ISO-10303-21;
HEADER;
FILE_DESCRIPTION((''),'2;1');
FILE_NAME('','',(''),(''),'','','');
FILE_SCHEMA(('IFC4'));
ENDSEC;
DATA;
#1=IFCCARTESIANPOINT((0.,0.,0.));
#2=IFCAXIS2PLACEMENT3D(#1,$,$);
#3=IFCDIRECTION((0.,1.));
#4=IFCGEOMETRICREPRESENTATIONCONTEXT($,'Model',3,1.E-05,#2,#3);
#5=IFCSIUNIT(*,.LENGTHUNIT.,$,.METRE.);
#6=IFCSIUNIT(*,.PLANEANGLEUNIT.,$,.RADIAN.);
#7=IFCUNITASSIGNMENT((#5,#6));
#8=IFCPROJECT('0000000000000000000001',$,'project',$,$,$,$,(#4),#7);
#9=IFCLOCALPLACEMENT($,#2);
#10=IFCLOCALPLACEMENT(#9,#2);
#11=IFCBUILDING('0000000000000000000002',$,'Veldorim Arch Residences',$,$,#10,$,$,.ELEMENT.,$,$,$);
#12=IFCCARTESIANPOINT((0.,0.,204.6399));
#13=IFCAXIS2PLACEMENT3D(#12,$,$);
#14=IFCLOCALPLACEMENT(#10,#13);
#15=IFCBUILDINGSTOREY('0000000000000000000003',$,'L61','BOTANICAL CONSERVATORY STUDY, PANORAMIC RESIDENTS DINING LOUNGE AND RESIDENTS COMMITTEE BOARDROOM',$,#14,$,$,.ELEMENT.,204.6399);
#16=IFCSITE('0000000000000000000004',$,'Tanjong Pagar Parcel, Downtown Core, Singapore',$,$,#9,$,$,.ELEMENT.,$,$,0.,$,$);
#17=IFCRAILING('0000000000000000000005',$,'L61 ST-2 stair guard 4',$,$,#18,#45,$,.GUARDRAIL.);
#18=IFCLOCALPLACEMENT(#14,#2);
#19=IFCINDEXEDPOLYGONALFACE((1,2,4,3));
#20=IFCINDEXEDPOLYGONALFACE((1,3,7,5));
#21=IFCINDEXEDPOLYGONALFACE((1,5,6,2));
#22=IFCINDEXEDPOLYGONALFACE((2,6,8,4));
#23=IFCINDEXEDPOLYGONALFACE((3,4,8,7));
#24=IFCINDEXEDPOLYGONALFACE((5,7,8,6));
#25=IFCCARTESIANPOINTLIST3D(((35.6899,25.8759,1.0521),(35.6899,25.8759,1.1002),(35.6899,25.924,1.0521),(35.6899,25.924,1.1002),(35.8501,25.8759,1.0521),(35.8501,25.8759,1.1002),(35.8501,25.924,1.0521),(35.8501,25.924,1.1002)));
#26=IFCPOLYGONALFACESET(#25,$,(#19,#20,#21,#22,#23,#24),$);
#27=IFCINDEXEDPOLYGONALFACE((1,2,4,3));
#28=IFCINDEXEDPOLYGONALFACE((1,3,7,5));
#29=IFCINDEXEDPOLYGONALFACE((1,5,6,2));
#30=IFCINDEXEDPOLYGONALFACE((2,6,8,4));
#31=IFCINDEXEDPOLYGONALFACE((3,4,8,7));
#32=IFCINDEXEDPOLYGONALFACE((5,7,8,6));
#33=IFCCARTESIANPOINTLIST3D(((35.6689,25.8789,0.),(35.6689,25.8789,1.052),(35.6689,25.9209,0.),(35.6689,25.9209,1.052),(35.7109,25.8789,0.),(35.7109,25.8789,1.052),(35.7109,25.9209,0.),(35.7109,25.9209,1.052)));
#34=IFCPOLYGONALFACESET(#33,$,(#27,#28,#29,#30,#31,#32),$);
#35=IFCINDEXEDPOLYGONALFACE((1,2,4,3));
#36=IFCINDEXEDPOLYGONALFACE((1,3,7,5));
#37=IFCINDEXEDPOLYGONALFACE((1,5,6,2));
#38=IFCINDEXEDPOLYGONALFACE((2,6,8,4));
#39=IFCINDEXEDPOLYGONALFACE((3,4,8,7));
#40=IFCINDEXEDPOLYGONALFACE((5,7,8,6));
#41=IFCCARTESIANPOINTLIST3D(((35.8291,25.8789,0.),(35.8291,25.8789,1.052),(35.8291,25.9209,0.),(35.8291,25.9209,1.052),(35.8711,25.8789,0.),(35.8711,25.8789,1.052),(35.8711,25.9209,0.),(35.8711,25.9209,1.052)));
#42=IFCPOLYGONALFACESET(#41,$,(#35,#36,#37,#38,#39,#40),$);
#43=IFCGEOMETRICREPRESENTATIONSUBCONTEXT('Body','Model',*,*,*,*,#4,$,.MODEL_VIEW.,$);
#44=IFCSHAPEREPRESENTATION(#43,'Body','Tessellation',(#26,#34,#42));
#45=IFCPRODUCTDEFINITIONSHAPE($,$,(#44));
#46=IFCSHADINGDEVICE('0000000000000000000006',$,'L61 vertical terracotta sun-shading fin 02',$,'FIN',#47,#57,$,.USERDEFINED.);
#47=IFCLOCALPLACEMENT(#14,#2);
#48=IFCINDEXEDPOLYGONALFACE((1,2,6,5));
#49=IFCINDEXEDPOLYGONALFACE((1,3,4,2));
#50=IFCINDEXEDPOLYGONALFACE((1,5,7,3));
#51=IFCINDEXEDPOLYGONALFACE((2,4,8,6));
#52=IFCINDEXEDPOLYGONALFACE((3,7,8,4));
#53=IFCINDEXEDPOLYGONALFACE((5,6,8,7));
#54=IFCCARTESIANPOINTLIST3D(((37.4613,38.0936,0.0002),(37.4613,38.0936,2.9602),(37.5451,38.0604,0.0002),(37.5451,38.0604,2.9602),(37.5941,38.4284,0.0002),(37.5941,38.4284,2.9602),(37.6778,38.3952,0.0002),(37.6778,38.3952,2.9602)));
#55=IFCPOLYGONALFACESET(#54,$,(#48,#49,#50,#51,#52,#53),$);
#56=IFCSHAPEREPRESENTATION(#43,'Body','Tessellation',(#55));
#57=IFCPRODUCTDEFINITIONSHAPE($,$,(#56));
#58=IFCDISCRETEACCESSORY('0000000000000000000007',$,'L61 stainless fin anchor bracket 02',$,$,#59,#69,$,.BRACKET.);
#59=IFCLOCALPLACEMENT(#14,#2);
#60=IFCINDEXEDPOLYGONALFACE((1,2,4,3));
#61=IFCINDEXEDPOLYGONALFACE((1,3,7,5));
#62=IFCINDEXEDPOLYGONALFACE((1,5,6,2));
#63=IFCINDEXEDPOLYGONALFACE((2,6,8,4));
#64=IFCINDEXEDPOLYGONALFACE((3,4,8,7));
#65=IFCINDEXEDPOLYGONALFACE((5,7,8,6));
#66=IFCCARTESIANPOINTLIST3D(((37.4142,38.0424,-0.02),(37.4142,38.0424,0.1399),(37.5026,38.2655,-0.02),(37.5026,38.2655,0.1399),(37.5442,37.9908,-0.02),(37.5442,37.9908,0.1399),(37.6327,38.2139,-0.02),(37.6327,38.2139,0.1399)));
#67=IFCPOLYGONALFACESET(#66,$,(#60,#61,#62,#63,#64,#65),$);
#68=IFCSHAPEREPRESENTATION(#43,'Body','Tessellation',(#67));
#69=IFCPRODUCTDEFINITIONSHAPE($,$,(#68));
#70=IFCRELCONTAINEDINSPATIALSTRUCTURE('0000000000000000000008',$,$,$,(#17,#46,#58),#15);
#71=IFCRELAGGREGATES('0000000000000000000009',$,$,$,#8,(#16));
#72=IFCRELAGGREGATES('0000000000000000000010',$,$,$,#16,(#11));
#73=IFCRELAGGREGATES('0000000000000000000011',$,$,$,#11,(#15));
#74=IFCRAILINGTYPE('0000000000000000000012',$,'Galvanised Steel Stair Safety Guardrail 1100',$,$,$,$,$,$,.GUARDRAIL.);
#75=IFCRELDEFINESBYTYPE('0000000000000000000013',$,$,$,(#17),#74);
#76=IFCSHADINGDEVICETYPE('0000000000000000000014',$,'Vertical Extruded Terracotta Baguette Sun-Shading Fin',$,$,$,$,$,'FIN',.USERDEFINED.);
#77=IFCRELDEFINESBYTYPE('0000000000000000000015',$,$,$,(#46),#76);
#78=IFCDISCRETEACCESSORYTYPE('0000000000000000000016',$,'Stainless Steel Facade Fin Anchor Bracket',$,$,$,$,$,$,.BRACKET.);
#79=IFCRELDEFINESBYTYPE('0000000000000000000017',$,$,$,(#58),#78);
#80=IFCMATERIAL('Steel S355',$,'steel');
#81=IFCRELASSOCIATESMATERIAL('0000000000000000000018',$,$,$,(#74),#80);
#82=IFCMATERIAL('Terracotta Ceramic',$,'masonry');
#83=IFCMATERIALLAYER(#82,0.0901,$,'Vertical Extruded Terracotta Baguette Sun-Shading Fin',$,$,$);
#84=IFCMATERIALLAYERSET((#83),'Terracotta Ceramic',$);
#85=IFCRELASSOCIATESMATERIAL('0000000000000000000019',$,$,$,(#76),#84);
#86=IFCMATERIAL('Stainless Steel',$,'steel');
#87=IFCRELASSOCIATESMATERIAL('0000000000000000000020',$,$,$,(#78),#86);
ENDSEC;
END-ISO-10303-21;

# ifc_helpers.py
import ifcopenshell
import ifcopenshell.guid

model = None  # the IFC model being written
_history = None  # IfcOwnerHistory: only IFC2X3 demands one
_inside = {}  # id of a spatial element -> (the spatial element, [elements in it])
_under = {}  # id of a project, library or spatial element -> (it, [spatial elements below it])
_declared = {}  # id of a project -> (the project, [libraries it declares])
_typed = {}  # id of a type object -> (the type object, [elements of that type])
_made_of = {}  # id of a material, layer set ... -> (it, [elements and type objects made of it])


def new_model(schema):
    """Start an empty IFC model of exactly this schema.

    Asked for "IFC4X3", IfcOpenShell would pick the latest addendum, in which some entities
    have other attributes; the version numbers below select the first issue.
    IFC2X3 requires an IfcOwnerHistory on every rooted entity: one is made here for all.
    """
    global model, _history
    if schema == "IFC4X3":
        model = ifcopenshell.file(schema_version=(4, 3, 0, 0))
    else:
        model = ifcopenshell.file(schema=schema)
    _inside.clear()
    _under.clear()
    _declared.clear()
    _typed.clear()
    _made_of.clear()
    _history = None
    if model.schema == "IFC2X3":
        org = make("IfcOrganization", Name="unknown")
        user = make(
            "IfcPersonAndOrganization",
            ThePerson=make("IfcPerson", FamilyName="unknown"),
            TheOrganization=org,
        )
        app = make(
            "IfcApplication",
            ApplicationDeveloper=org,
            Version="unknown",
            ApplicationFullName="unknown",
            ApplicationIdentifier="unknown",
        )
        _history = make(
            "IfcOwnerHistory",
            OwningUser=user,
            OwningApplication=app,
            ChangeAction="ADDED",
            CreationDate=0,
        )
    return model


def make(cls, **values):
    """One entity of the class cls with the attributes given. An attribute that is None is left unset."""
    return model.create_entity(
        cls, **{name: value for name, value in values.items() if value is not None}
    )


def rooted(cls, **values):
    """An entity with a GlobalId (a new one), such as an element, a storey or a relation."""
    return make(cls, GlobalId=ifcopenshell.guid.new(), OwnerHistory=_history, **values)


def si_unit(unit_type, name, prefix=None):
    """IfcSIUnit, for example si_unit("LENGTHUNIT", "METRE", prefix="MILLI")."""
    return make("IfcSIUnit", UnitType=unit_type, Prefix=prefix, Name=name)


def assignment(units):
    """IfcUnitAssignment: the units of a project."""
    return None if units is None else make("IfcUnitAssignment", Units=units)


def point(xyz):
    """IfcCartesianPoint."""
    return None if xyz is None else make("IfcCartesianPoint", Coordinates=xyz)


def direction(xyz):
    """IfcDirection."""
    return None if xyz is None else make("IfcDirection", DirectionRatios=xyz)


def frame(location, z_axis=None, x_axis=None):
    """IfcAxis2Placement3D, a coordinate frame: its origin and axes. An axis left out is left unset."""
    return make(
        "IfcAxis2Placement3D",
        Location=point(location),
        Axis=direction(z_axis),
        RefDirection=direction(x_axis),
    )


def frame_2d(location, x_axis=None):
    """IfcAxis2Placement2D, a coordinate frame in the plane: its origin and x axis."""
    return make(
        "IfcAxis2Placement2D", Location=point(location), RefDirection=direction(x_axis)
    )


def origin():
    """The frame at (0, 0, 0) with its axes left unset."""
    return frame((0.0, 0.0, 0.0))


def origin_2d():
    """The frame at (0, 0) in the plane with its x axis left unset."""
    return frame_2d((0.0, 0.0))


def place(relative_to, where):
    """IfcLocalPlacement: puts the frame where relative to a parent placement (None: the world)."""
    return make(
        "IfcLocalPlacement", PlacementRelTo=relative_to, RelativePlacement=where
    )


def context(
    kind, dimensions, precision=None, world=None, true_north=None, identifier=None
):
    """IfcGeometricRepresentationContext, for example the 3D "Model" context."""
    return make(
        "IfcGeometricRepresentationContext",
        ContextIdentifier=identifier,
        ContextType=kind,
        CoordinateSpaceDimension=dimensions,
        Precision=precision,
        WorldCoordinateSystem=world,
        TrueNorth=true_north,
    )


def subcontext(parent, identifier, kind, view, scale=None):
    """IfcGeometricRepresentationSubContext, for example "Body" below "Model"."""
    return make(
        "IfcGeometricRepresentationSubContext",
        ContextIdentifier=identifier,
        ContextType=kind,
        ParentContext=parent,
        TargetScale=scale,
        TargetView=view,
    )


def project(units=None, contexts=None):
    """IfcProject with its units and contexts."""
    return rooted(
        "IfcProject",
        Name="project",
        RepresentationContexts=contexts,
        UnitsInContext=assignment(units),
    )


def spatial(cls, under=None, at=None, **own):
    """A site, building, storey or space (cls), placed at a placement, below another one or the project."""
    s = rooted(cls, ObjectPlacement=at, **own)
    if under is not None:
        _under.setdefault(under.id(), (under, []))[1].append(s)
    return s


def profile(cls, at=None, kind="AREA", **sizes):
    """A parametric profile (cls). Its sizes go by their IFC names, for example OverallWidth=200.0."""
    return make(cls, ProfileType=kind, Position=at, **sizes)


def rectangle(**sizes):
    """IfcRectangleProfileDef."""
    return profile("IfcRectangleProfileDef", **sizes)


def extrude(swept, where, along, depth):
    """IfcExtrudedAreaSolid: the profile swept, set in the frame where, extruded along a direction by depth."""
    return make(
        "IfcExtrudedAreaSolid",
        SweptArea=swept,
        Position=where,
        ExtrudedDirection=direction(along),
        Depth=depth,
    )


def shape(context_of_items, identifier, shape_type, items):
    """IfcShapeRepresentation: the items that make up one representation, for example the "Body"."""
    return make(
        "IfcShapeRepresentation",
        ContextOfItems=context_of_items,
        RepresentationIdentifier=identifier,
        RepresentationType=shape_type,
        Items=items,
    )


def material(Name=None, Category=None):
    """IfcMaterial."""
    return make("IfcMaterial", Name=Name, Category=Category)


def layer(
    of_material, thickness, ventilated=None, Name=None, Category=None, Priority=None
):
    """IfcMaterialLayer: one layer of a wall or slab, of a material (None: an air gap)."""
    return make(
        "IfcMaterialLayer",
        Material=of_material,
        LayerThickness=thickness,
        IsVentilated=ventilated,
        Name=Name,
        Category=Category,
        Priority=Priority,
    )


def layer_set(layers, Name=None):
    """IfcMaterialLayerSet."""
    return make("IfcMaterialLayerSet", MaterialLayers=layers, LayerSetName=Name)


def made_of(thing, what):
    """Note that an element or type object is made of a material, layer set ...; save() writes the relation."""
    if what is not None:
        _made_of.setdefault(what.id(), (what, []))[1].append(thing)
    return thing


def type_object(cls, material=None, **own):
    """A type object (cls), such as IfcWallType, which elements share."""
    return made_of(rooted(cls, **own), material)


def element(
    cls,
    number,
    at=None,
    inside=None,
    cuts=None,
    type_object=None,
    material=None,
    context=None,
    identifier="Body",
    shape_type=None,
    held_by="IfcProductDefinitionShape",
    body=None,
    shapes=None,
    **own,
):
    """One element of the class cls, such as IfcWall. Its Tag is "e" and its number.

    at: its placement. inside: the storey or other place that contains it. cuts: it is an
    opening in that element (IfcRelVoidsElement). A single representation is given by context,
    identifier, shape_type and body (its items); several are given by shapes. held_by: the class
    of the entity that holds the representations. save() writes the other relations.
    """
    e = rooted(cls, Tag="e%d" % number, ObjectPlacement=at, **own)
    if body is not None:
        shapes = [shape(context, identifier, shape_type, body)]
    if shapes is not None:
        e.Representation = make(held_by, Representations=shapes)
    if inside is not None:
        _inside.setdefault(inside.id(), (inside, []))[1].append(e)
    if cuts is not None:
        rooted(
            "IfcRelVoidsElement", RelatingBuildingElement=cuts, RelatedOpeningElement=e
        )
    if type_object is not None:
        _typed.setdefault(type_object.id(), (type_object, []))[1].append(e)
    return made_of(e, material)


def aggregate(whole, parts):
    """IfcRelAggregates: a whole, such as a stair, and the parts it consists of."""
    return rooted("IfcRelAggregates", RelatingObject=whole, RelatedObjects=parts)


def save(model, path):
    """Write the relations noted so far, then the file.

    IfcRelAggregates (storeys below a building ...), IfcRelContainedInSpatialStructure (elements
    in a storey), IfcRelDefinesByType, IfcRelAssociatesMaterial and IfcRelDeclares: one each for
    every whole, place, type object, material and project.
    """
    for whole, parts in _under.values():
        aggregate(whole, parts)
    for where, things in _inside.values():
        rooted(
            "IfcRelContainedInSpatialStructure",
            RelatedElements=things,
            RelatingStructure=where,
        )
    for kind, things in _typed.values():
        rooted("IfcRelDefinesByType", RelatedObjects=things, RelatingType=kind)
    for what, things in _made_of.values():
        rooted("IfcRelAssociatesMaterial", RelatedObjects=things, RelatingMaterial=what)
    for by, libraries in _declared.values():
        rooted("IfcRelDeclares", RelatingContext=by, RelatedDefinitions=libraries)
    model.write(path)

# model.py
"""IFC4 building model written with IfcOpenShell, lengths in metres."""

from ifc_helpers import new_model, si_unit, direction, frame, origin, origin_2d, place, context, subcontext, project, spatial, rectangle, extrude, material, layer, layer_set, type_object, element, save


model = new_model("IFC4")

# Units and contexts
model_context = context("Model", 3, precision=1e-05, world=origin(), true_north=direction((0.0, 1.0)))
body_context = subcontext(model_context, "Body", "Model", "MODEL_VIEW")
ifc_project = project(units=[si_unit("LENGTHUNIT", "METRE"), si_unit("PLANEANGLEUNIT", "RADIAN")], contexts=[model_context])

# Site, building, storey
site_placement = place(None, origin())
site = spatial("IfcSite", under=ifc_project, at=site_placement, Name="Tanjong Pagar Parcel, Downtown Core, Singapore", CompositionType="ELEMENT", RefElevation=0.0)
building_placement = place(site_placement, origin())
building = spatial("IfcBuilding", under=site, at=building_placement, Name="Veldorim Arch Residences", CompositionType="ELEMENT")
storey_placement = place(building_placement, frame((0.0, 0.0, 204.6399)))
storey = spatial("IfcBuildingStorey", under=building, at=storey_placement, Name="L61", Description="BOTANICAL CONSERVATORY STUDY, PANORAMIC RESIDENTS DINING LOUNGE AND RESIDENTS COMMITTEE BOARDROOM", CompositionType="ELEMENT", Elevation=204.6399)

# Railing
ifc_material_1 = material(Name="Steel S355", Category="steel")
railing_type_1 = type_object("IfcRailingType", Name="Galvanised Steel Stair Safety Guardrail 1100", PredefinedType="GUARDRAIL", material=ifc_material_1)
railing_1_placement = place(storey_placement, frame((35.6899, 25.8999, 0.0)))
element("IfcRailing", 1, at=railing_1_placement, inside=storey, type_object=railing_type_1, Name="L61 ST-2 stair guard 4", PredefinedType="GUARDRAIL", context=body_context, shape_type="SweptSolid", body=[
    extrude(rectangle(XDim=0.0481, YDim=0.0481, at=origin_2d()), frame((0.0, 0.0, 1.0762), z_axis=(1.0, 0.0, 0.0), x_axis=(0.0, 1.0, 0.0)), (0.0, 0.0, 1.0), 0.1602),
    extrude(rectangle(XDim=0.042, YDim=0.042, at=origin_2d()), origin(), (0.0, 0.0, 1.0), 1.052),
    extrude(rectangle(XDim=0.042, YDim=0.042, at=origin_2d()), frame((0.1602, 0.0, 0.0)), (0.0, 0.0, 1.0), 1.052),
])

# Shading device
ifc_material_2 = material(Name="Terracotta Ceramic", Category="masonry")
ifc_layer_1 = layer(ifc_material_2, 0.0901, Name="Vertical Extruded Terracotta Baguette Sun-Shading Fin")
ifc_layer_set_1 = layer_set([ifc_layer_1], Name="Terracotta Ceramic")
shading_device_type = type_object("IfcShadingDeviceType", Name="Vertical Extruded Terracotta Baguette Sun-Shading Fin", ElementType="FIN", PredefinedType="USERDEFINED", material=ifc_layer_set_1)
shading_device_placement = place(storey_placement, frame((37.5696, 38.2444, 0.0002), z_axis=(0.0, 0.0, 1.0), x_axis=(0.929584, -0.368611, 0.0)))
element("IfcShadingDevice", 2, at=shading_device_placement, inside=storey, type_object=shading_device_type, Name="L61 vertical terracotta sun-shading fin 02", ObjectType="FIN", PredefinedType="USERDEFINED", context=body_context, shape_type="SweptSolid", body=[
    extrude(rectangle(XDim=0.0901, YDim=0.3601, at=origin_2d()), origin(), (0.0, 0.0, 1.0), 2.96),
])

# Discrete accessory
ifc_material_3 = material(Name="Stainless Steel", Category="steel")
discrete_accessory_type = type_object("IfcDiscreteAccessoryType", Name="Stainless Steel Facade Fin Anchor Bracket", PredefinedType="BRACKET", material=ifc_material_3)
discrete_accessory_placement = place(storey_placement, frame((37.5234, 38.1282, -0.02), z_axis=(0.0, 0.0, 1.0), x_axis=(0.929584, -0.368611, 0.0)))
element("IfcDiscreteAccessory", 3, at=discrete_accessory_placement, inside=storey, type_object=discrete_accessory_type, Name="L61 stainless fin anchor bracket 02", PredefinedType="BRACKET", context=body_context, shape_type="SweptSolid", body=[
    extrude(rectangle(XDim=0.1399, YDim=0.24, at=origin_2d()), origin(), (0.0, 0.0, 1.0), 0.1599),
])

save(model, "model.ifc")
